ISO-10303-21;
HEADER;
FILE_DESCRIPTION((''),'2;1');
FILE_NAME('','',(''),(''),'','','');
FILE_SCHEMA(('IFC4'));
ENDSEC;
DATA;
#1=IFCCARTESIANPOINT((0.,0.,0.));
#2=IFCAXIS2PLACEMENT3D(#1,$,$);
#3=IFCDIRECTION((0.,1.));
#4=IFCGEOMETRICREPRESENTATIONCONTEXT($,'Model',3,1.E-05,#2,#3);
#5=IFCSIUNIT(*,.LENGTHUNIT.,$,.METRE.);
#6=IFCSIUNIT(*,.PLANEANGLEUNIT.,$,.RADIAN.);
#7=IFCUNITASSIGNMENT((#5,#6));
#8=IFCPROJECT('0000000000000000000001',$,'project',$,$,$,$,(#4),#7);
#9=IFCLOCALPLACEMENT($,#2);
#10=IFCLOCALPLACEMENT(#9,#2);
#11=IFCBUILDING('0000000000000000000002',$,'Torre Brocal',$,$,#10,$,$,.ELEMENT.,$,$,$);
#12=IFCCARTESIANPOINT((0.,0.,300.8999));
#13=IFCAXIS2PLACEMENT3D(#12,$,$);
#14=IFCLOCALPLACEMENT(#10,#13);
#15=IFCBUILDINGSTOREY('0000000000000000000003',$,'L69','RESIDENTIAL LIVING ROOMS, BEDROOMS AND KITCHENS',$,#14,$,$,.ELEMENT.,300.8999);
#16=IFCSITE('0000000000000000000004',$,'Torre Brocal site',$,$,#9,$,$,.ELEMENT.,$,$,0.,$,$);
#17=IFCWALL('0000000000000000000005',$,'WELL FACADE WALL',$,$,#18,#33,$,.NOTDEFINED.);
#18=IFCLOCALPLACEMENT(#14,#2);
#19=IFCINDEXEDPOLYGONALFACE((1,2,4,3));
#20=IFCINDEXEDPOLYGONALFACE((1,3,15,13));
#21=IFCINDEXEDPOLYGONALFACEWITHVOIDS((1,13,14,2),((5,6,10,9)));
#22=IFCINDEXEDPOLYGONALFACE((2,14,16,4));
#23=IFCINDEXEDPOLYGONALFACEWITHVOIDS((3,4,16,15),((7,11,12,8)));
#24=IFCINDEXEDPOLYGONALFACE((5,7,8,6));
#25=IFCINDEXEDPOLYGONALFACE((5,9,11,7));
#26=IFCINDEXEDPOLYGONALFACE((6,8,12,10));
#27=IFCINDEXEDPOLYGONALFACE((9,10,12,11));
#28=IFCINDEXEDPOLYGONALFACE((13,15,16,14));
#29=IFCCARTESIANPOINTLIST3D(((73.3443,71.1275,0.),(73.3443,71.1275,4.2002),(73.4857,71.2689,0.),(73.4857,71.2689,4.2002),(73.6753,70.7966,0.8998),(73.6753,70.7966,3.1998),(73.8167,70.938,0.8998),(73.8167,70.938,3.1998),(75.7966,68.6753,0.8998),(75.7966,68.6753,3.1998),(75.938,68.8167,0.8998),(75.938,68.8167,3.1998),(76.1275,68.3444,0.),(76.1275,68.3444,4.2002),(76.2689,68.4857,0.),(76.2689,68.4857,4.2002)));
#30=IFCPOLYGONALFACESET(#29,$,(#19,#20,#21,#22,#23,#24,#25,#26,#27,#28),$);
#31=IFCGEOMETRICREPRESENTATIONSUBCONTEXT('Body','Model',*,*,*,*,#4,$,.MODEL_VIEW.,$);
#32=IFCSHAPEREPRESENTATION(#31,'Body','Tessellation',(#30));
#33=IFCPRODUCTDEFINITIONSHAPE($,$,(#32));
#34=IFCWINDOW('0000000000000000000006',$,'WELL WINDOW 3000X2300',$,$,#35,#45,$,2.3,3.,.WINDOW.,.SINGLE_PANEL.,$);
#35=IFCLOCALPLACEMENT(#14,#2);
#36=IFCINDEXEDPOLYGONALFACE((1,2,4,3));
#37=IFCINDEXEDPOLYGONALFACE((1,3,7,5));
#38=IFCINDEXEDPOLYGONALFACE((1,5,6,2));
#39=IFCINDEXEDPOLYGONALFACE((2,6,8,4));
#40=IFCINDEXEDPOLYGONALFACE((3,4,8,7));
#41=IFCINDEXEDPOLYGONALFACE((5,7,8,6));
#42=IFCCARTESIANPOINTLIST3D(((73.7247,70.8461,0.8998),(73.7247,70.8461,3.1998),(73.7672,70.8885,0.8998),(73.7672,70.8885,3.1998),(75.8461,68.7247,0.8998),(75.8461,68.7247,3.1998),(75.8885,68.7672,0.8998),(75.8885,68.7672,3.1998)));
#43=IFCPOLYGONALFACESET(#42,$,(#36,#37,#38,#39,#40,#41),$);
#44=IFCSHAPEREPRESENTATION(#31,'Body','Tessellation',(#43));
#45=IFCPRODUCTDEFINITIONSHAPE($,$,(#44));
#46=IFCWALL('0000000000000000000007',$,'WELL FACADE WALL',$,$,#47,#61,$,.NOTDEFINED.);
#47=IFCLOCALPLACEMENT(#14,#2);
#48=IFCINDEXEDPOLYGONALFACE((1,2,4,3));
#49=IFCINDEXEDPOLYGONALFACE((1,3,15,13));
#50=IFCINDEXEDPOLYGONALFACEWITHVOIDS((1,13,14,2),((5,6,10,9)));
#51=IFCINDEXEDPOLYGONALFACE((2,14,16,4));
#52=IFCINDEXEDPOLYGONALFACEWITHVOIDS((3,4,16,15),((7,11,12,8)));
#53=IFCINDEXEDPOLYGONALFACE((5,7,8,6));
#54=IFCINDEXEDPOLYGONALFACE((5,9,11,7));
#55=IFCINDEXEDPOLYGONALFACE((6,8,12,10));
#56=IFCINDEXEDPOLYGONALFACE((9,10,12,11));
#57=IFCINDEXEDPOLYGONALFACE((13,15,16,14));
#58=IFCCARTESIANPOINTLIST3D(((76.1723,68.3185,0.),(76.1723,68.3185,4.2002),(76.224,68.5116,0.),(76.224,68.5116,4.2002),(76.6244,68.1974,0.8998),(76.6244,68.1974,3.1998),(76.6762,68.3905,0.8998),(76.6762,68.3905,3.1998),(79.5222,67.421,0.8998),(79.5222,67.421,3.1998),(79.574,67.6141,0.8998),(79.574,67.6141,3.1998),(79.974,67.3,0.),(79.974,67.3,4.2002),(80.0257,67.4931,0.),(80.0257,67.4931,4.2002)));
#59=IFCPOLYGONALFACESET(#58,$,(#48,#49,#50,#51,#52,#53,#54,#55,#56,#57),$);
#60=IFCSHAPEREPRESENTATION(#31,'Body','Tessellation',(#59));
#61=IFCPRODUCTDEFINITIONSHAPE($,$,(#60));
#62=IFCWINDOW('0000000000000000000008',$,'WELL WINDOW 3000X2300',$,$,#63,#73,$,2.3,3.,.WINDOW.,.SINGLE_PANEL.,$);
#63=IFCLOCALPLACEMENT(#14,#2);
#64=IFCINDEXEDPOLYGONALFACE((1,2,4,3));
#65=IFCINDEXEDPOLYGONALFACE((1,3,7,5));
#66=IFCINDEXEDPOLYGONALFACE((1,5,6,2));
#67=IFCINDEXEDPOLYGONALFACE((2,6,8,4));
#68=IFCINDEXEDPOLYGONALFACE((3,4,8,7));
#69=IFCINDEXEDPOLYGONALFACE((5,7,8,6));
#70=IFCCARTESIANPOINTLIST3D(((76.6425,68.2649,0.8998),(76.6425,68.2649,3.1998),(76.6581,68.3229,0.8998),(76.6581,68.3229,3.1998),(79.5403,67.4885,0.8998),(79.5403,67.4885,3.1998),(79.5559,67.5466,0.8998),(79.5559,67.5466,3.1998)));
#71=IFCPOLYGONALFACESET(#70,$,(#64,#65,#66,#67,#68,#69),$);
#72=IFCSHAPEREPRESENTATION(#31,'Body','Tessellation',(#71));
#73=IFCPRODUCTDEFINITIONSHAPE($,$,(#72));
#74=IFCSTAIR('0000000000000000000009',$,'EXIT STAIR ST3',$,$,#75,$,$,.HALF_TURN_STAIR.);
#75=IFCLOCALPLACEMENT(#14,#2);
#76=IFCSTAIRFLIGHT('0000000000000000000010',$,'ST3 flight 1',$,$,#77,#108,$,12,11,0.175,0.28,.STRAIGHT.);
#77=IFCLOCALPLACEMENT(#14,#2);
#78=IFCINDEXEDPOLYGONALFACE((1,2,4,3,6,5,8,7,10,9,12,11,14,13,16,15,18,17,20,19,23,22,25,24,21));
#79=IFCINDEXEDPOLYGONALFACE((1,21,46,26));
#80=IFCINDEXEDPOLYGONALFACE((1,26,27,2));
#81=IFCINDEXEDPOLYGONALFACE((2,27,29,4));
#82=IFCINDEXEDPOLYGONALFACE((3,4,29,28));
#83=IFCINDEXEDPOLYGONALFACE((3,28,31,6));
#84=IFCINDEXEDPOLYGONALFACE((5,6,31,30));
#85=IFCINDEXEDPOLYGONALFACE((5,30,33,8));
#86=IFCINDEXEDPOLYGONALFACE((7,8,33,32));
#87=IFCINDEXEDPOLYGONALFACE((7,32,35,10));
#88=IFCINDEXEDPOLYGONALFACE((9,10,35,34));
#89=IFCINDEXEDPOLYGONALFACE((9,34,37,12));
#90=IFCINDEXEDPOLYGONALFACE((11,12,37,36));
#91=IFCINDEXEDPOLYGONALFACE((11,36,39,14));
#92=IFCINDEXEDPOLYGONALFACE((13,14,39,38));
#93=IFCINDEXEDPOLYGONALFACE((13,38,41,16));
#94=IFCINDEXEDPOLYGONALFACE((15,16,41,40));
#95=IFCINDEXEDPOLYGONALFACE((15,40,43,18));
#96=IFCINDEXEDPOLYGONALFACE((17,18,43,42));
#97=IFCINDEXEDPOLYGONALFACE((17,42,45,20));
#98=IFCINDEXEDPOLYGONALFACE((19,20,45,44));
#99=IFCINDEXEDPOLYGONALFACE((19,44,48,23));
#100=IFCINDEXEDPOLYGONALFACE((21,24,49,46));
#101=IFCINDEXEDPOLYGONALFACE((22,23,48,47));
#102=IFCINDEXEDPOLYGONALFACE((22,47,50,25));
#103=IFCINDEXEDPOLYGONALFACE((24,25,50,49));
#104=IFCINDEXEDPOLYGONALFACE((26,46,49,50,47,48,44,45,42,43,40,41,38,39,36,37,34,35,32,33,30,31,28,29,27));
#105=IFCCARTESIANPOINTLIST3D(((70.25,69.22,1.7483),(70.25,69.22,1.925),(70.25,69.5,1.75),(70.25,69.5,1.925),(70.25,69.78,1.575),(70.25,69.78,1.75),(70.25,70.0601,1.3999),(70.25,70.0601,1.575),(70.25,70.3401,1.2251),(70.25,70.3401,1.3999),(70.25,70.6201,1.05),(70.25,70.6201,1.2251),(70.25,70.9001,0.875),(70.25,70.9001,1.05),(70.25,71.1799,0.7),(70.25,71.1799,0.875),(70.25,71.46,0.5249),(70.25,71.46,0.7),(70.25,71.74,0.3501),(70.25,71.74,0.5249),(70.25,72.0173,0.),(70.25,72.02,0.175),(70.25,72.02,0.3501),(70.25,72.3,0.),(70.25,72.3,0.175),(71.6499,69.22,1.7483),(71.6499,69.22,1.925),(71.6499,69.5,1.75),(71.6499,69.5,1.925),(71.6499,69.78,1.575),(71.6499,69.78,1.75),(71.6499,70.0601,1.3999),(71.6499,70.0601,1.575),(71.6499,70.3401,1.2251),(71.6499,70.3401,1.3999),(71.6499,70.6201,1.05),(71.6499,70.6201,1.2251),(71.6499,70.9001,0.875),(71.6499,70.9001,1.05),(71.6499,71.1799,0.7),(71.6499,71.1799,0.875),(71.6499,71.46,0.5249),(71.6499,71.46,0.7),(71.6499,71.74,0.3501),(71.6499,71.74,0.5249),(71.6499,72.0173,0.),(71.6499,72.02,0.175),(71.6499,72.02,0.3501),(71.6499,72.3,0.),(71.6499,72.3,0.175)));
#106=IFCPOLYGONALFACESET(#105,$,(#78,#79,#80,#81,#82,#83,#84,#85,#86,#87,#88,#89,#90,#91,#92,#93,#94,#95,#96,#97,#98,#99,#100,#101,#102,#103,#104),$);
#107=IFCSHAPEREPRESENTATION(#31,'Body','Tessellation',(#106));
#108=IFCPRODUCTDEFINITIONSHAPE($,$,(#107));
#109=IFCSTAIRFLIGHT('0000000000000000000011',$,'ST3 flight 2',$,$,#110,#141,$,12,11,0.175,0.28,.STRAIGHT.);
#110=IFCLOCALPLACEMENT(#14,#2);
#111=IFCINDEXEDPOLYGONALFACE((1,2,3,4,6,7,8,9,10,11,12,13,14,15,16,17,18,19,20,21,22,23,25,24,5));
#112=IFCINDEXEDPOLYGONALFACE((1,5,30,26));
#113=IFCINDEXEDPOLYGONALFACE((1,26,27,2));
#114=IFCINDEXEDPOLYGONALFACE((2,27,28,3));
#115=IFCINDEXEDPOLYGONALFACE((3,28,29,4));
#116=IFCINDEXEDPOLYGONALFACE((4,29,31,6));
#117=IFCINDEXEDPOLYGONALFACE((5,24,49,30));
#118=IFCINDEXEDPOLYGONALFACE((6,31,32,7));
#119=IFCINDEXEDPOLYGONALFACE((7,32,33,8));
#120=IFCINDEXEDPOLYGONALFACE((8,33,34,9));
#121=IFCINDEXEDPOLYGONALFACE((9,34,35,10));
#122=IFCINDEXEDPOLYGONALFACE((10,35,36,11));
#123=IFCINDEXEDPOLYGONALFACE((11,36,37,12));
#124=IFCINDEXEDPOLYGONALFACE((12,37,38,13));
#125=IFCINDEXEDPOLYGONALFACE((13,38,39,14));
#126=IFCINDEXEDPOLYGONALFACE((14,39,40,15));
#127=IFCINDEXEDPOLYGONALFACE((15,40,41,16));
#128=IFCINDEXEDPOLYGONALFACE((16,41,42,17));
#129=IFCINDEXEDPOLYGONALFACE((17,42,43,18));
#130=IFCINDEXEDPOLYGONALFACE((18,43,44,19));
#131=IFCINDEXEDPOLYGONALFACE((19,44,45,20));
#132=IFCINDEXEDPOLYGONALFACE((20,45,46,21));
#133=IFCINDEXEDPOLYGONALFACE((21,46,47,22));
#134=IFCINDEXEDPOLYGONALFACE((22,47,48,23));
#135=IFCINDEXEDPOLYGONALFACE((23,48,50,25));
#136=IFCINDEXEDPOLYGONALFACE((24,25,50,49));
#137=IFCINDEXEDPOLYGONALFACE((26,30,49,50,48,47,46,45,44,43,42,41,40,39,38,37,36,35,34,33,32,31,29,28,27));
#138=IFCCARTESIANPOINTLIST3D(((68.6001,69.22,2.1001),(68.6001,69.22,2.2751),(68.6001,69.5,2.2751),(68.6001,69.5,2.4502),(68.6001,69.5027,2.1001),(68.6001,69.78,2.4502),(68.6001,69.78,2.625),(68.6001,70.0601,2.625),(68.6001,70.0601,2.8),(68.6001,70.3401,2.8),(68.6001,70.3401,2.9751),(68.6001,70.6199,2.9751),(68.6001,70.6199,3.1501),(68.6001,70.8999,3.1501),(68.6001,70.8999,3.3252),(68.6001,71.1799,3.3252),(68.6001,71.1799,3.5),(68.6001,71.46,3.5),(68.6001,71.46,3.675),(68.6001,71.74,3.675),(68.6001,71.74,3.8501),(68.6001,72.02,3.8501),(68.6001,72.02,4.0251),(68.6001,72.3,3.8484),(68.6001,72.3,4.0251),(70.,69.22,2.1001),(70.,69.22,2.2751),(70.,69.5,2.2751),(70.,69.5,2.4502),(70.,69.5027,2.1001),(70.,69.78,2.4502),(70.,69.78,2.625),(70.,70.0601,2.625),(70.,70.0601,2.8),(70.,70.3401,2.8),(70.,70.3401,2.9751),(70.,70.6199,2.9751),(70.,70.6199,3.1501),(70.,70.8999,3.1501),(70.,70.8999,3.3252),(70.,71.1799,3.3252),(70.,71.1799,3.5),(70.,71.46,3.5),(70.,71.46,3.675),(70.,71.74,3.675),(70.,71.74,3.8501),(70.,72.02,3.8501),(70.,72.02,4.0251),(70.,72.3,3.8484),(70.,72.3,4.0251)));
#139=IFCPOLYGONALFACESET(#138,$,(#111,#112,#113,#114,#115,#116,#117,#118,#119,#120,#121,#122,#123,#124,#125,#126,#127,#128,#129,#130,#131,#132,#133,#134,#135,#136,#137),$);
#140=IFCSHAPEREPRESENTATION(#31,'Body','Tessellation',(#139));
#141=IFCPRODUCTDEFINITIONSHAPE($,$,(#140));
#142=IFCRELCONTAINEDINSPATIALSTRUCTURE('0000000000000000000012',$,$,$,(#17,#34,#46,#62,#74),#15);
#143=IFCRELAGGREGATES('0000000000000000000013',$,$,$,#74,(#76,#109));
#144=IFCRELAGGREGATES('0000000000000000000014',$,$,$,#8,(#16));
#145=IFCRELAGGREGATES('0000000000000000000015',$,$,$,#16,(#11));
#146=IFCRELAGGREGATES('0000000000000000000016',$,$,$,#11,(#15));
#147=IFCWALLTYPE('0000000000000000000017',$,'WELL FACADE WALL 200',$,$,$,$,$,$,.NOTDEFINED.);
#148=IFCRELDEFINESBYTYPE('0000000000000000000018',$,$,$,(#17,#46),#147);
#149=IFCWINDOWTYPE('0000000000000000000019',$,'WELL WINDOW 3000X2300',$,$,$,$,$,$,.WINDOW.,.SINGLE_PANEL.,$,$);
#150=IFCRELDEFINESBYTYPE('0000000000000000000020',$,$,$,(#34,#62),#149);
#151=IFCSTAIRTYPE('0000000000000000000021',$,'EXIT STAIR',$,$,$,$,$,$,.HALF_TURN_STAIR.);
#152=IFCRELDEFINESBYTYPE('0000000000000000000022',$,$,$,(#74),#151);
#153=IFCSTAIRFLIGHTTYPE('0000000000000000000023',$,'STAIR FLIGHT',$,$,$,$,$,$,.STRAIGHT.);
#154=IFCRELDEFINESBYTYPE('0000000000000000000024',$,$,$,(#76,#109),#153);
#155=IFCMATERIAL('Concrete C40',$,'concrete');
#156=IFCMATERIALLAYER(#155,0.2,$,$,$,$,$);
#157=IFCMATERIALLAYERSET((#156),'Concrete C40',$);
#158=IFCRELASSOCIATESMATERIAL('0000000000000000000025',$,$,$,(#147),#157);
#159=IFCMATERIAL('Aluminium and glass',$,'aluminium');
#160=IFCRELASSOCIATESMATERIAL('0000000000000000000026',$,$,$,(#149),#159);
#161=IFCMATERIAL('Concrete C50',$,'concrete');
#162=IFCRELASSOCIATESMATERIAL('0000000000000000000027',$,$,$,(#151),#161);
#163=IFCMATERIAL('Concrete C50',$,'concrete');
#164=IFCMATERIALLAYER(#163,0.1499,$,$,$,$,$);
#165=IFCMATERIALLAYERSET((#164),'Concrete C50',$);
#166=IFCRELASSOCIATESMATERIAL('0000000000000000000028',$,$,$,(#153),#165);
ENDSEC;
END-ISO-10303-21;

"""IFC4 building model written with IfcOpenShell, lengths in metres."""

from ifc_helpers import new_model, si_unit, direction, frame, frame_2d, origin, place, context, subcontext, project, spatial, polyline, rectangle, outline, extrude, material, layer, layer_set, type_object, element, fill, aggregate, save


model = new_model("IFC4")

# Units and contexts
model_context = context("Model", 3, precision=1e-05, world=origin(), true_north=direction((0.0, 1.0)))
body_context = subcontext(model_context, "Body", "Model", "MODEL_VIEW")
ifc_project = project(units=[si_unit("LENGTHUNIT", "METRE"), si_unit("PLANEANGLEUNIT", "RADIAN")], contexts=[model_context])

# Site, building, storey
site_placement = place(None, origin())
site = spatial("IfcSite", under=ifc_project, at=site_placement, Name="Torre Brocal site", CompositionType="ELEMENT", RefElevation=0.0)
building_placement = place(site_placement, origin())
building = spatial("IfcBuilding", under=site, at=building_placement, Name="Torre Brocal", CompositionType="ELEMENT")
storey_placement = place(building_placement, frame((0.0, 0.0, 300.8999)))
storey = spatial("IfcBuildingStorey", under=building, at=storey_placement, Name="L69", Description="RESIDENTIAL LIVING ROOMS, BEDROOMS AND KITCHENS", CompositionType="ELEMENT", Elevation=300.8999)

# Walls, openings, windows
ifc_material_1 = material(Name="Concrete C40", Category="concrete")
ifc_layer_1 = layer(ifc_material_1, 0.2)
ifc_layer_set_1 = layer_set([ifc_layer_1], Name="Concrete C40")
wall_type_1 = type_object("IfcWallType", Name="WELL FACADE WALL 200", PredefinedType="NOTDEFINED", material=ifc_layer_set_1)
wall_1_placement = place(storey_placement, frame((73.415, 71.1982, 0.0), z_axis=(0.0, 0.0, 1.0), x_axis=(0.707107, -0.707107, 0.0)))
wall_1 = element("IfcWall", 1, at=wall_1_placement, inside=storey, type_object=wall_type_1, Name="WELL FACADE WALL", PredefinedType="NOTDEFINED", context=body_context, shape_type="SweptSolid", body=[
    extrude(rectangle(XDim=3.936, YDim=0.2, at=frame_2d((1.968, 0.0))), origin(), (0.0, 0.0, 1.0), 4.2002),
])
opening_1_placement = place(wall_1_placement, frame((0.468, 0.0, 0.8999)))
opening_1 = element("IfcOpeningElement", 2, at=opening_1_placement, cuts=wall_1, PredefinedType="OPENING", context=body_context, shape_type="SweptSolid", body=[
    extrude(rectangle(XDim=3.0, YDim=2.3, at=frame_2d((1.5, 1.1499))), frame((0.0, 0.1099, 0.0), z_axis=(0.0, -1.0, 0.0), x_axis=(1.0, 0.0, 0.0)), (0.0, 0.0, 1.0), 0.22),
])
ifc_material_2 = material(Name="Aluminium and glass", Category="aluminium")
window_type = type_object("IfcWindowType", Name="WELL WINDOW 3000X2300", PartitioningType="SINGLE_PANEL", PredefinedType="WINDOW", material=ifc_material_2)
window_1_placement = place(opening_1_placement, origin())
window_1 = element("IfcWindow", 3, at=window_1_placement, inside=storey, type_object=window_type, Name="WELL WINDOW 3000X2300", OverallHeight=2.3, OverallWidth=3.0, PartitioningType="SINGLE_PANEL", PredefinedType="WINDOW", context=body_context, shape_type="SweptSolid", body=[
    extrude(rectangle(XDim=3.0, YDim=2.3, at=frame_2d((1.5, 1.1499))), frame((0.0, 0.03, 0.0), z_axis=(0.0, -1.0, 0.0), x_axis=(1.0, 0.0, 0.0)), (0.0, 0.0, 1.0), 0.0601),
])
fill(opening_1, window_1)
wall_2_placement = place(storey_placement, frame((76.1982, 68.415, 0.0), z_axis=(0.0, 0.0, 1.0), x_axis=(0.965934, -0.25879, 0.0)))
wall_2 = element("IfcWall", 4, at=wall_2_placement, inside=storey, type_object=wall_type_1, Name="WELL FACADE WALL", PredefinedType="NOTDEFINED", context=body_context, shape_type="SweptSolid", body=[
    extrude(rectangle(XDim=3.9358, YDim=0.2, at=frame_2d((1.9678, 0.0))), origin(), (0.0, 0.0, 1.0), 4.2002),
])
opening_2_placement = place(wall_2_placement, frame((0.468, 0.0, 0.8999)))
opening_2 = element("IfcOpeningElement", 5, at=opening_2_placement, cuts=wall_2, PredefinedType="OPENING", context=body_context, shape_type="SweptSolid", body=[
    extrude(rectangle(XDim=3.0, YDim=2.3, at=frame_2d((1.5, 1.1499))), frame((0.0, 0.1099, 0.0), z_axis=(0.0, -1.0, 0.0), x_axis=(1.0, 0.0, 0.0)), (0.0, 0.0, 1.0), 0.22),
])
window_2_placement = place(opening_2_placement, origin())
window_2 = element("IfcWindow", 6, at=window_2_placement, inside=storey, type_object=window_type, Name="WELL WINDOW 3000X2300", OverallHeight=2.3, OverallWidth=3.0, PartitioningType="SINGLE_PANEL", PredefinedType="WINDOW", context=body_context, shape_type="SweptSolid", body=[
    extrude(rectangle(XDim=3.0, YDim=2.3, at=frame_2d((1.5, 1.1499))), frame((0.0, 0.03, 0.0), z_axis=(0.0, -1.0, 0.0), x_axis=(1.0, 0.0, 0.0)), (0.0, 0.0, 1.0), 0.0601),
])
fill(opening_2, window_2)

# Stair, stair flights
ifc_material_3 = material(Name="Concrete C50", Category="concrete")
stair_type = type_object("IfcStairType", Name="EXIT STAIR", PredefinedType="HALF_TURN_STAIR", material=ifc_material_3)
stair_placement = place(storey_placement, origin())
stair = element("IfcStair", 7, at=stair_placement, inside=storey, type_object=stair_type, Name="EXIT STAIR ST3", PredefinedType="HALF_TURN_STAIR")
ifc_material_4 = material(Name="Concrete C50", Category="concrete")
ifc_layer_2 = layer(ifc_material_4, 0.1499)
ifc_layer_set_2 = layer_set([ifc_layer_2], Name="Concrete C50")
stair_flight_type = type_object("IfcStairFlightType", Name="STAIR FLIGHT", PredefinedType="STRAIGHT", material=ifc_layer_set_2)
stair_flight_1_placement = place(storey_placement, frame((70.95, 72.3, 0.0), z_axis=(0.0, 0.0, 1.0), x_axis=(0.0, -1.0, 0.0)))
stair_flight_1 = element("IfcStairFlight", 8, at=stair_flight_1_placement, type_object=stair_flight_type, Name="ST3 flight 1", NumberOfRisers=12, NumberOfTreads=11, PredefinedType="STRAIGHT", RiserHeight=0.175, TreadLength=0.28, context=body_context, shape_type="SweptSolid", body=[
    extrude(outline(polyline([(0.0, 0.0), (0.0, 0.175), (0.28, 0.175), (0.28, 0.3501), (0.5601, 0.3501), (0.5601, 0.5249), (0.8401, 0.5249), (0.8401, 0.7), (1.1201, 0.7), (1.1201, 0.875), (1.3999, 0.875), (1.3999, 1.05), (1.6799, 1.05), (1.6799, 1.2251), (1.96, 1.2251), (1.96, 1.3999), (2.24, 1.3999), (2.24, 1.575), (2.52, 1.575), (2.52, 1.75), (2.8, 1.75), (2.8, 1.925), (3.0801, 1.925), (3.0801, 2.1001), (3.0801, 1.7483), (0.2827, 0.0), (0.0, 0.0)])), frame((0.0, 0.7, 0.0), z_axis=(0.0, -1.0, 0.0), x_axis=(1.0, 0.0, 0.0)), (0.0, 0.0, 1.0), 1.3999),
])
stair_flight_2_placement = place(storey_placement, frame((69.3, 69.22, 2.1001), z_axis=(0.0, 0.0, 1.0), x_axis=(0.0, 1.0, 0.0)))
stair_flight_2 = element("IfcStairFlight", 9, at=stair_flight_2_placement, type_object=stair_flight_type, Name="ST3 flight 2", NumberOfRisers=12, NumberOfTreads=11, PredefinedType="STRAIGHT", RiserHeight=0.175, TreadLength=0.28, context=body_context, shape_type="SweptSolid", body=[
    extrude(outline(polyline([(0.0, 0.0), (0.0, 0.175), (0.28, 0.175), (0.28, 0.3501), (0.5601, 0.3501), (0.5601, 0.5249), (0.8401, 0.5249), (0.8401, 0.7), (1.1201, 0.7), (1.1201, 0.875), (1.3999, 0.875), (1.3999, 1.05), (1.6799, 1.05), (1.6799, 1.2251), (1.96, 1.2251), (1.96, 1.3999), (2.24, 1.3999), (2.24, 1.575), (2.52, 1.575), (2.52, 1.75), (2.8, 1.75), (2.8, 1.925), (3.0801, 1.925), (3.0801, 2.1001), (3.0801, 1.7483), (0.2827, 0.0), (0.0, 0.0)])), frame((0.0, 0.7, 0.0), z_axis=(0.0, -1.0, 0.0), x_axis=(1.0, 0.0, 0.0)), (0.0, 0.0, 1.0), 1.3999),
])
aggregate(stair, [stair_flight_1, stair_flight_2])

save(model, "model.ifc")
